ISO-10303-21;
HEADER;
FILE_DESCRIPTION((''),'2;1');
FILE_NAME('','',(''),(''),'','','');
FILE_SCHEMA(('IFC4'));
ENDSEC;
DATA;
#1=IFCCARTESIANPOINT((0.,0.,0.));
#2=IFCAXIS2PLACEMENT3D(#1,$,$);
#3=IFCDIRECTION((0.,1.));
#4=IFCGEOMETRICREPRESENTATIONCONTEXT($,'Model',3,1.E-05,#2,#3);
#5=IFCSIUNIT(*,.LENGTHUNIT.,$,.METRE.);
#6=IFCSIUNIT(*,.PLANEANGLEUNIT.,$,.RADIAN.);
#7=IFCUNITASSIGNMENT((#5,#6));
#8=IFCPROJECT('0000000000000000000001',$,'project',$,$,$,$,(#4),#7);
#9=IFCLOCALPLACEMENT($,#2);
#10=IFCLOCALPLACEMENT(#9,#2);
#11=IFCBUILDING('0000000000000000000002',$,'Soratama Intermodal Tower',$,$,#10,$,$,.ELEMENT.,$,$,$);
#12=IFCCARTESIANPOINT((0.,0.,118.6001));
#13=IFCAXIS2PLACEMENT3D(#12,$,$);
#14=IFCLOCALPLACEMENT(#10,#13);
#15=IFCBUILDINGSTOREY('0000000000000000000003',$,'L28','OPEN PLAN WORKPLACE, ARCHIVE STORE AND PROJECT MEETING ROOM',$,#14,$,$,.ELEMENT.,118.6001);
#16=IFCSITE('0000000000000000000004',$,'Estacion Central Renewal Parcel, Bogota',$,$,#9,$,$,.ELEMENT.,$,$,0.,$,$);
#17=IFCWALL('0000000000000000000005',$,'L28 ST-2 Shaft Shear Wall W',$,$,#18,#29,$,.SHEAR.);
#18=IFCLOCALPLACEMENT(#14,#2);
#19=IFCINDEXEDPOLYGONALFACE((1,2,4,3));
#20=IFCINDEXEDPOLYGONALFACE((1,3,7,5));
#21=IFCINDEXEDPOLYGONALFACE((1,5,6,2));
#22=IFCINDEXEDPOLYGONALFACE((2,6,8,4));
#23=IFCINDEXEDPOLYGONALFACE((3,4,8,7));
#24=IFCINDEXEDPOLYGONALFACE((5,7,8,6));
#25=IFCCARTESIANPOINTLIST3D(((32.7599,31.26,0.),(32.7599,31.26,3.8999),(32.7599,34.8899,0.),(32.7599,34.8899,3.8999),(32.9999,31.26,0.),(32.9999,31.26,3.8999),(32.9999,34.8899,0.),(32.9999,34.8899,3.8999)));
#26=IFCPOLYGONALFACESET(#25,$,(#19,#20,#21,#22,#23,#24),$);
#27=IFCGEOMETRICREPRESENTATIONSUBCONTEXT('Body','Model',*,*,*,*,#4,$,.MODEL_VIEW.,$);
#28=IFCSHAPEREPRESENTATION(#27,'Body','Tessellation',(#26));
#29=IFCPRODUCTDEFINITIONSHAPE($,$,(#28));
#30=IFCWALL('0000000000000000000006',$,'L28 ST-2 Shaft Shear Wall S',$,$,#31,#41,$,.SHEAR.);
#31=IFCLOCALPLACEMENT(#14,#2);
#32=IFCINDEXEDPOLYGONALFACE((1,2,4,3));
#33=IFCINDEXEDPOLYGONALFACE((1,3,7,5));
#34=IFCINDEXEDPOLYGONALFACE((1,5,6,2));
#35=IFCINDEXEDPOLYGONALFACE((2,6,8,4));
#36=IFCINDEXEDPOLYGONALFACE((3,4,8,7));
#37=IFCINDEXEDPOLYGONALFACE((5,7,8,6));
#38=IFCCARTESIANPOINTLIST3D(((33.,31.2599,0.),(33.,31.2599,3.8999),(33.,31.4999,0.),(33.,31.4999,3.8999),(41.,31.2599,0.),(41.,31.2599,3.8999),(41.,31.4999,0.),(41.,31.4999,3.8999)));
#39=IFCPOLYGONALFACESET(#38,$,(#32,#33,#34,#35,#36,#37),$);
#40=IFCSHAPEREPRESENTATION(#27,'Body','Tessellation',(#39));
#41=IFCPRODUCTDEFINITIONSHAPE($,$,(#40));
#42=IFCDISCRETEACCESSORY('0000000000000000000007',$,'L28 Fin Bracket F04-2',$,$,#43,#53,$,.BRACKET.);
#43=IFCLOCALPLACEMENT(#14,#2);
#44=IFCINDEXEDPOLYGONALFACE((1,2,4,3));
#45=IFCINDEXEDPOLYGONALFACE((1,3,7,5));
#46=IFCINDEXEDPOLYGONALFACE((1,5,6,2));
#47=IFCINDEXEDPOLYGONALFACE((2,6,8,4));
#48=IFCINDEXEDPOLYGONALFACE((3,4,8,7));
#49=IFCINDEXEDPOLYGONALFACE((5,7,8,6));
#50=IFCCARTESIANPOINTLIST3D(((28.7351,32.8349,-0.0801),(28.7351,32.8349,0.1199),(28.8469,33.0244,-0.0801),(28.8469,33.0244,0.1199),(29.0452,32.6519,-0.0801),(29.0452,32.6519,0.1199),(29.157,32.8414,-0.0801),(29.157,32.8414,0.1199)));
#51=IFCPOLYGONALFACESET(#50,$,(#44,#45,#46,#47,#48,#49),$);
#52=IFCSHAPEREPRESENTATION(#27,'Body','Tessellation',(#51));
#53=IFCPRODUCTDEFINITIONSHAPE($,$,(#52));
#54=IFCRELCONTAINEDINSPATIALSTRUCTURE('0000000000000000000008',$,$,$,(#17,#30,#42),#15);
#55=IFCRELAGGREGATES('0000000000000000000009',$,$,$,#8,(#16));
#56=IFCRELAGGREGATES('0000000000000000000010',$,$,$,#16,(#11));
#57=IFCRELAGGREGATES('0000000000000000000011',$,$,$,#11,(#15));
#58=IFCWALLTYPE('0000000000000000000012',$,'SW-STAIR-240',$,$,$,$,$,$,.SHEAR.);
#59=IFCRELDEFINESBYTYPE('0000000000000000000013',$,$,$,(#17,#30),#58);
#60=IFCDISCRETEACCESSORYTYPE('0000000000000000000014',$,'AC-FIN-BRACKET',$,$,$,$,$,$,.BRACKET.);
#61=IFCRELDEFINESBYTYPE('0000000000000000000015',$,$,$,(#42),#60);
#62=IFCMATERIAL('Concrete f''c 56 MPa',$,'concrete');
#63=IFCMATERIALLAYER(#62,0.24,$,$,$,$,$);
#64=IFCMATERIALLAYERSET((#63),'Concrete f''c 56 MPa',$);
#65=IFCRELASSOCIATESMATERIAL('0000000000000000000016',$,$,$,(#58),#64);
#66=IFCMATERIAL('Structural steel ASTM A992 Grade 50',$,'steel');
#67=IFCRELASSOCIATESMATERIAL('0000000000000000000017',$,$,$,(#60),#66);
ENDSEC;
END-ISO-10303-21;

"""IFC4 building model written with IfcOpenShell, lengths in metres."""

from ifc_helpers import new_model, si_unit, direction, frame, frame_2d, origin, origin_2d, place, context, subcontext, project, spatial, rectangle, extrude, material, layer, layer_set, type_object, element, save


model = new_model("IFC4")

# Units and contexts
model_context = context("Model", 3, precision=1e-05, world=origin(), true_north=direction((0.0, 1.0)))
body_context = subcontext(model_context, "Body", "Model", "MODEL_VIEW")
ifc_project = project(units=[si_unit("LENGTHUNIT", "METRE"), si_unit("PLANEANGLEUNIT", "RADIAN")], contexts=[model_context])

# Site, building, storey
site_placement = place(None, origin())
site = spatial("IfcSite", under=ifc_project, at=site_placement, Name="Estacion Central Renewal Parcel, Bogota", CompositionType="ELEMENT", RefElevation=0.0)
building_placement = place(site_placement, origin())
building = spatial("IfcBuilding", under=site, at=building_placement, Name="Soratama Intermodal Tower", CompositionType="ELEMENT")
storey_placement = place(building_placement, frame((0.0, 0.0, 118.6001)))
storey = spatial("IfcBuildingStorey", under=building, at=storey_placement, Name="L28", Description="OPEN PLAN WORKPLACE, ARCHIVE STORE AND PROJECT MEETING ROOM", CompositionType="ELEMENT", Elevation=118.6001)

# Walls
ifc_material_1 = material(Name="Concrete f'c 56 MPa", Category="concrete")
ifc_layer_1 = layer(ifc_material_1, 0.24)
ifc_layer_set_1 = layer_set([ifc_layer_1], Name="Concrete f'c 56 MPa")
wall_type_1 = type_object("IfcWallType", Name="SW-STAIR-240", PredefinedType="SHEAR", material=ifc_layer_set_1)
wall_1_placement = place(storey_placement, frame((32.8799, 31.26, 0.0), z_axis=(0.0, 0.0, 1.0), x_axis=(0.0, 1.0, 0.0)))
element("IfcWall", 1, at=wall_1_placement, inside=storey, type_object=wall_type_1, Name="L28 ST-2 Shaft Shear Wall W", PredefinedType="SHEAR", context=body_context, shape_type="SweptSolid", body=[
    extrude(rectangle(XDim=3.6299, YDim=0.24, at=frame_2d((1.8149, 0.0))), origin(), (0.0, 0.0, 1.0), 3.8999),
])
wall_2_placement = place(storey_placement, frame((33.0, 31.3799, 0.0), z_axis=(0.0, 0.0, 1.0), x_axis=(1.0, 0.0, 0.0)))
element("IfcWall", 2, at=wall_2_placement, inside=storey, type_object=wall_type_1, Name="L28 ST-2 Shaft Shear Wall S", PredefinedType="SHEAR", context=body_context, shape_type="SweptSolid", body=[
    extrude(rectangle(XDim=8.0, YDim=0.24, at=frame_2d((4.0, 0.0))), origin(), (0.0, 0.0, 1.0), 3.8999),
])

# Discrete accessory
ifc_material_2 = material(Name="Structural steel ASTM A992 Grade 50", Category="steel")
discrete_accessory_type = type_object("IfcDiscreteAccessoryType", Name="AC-FIN-BRACKET", PredefinedType="BRACKET", material=ifc_material_2)
discrete_accessory_placement = place(storey_placement, frame((28.946, 32.8381, -0.0801), z_axis=(0.0, 0.0, 1.0), x_axis=(-0.861275, 0.50814, 0.0)))
element("IfcDiscreteAccessory", 3, at=discrete_accessory_placement, inside=storey, type_object=discrete_accessory_type, Name="L28 Fin Bracket F04-2", PredefinedType="BRACKET", context=body_context, shape_type="SweptSolid", body=[
    extrude(rectangle(XDim=0.3601, YDim=0.22, at=origin_2d()), origin(), (0.0, 0.0, 1.0), 0.2),
])

save(model, "model.ifc")
